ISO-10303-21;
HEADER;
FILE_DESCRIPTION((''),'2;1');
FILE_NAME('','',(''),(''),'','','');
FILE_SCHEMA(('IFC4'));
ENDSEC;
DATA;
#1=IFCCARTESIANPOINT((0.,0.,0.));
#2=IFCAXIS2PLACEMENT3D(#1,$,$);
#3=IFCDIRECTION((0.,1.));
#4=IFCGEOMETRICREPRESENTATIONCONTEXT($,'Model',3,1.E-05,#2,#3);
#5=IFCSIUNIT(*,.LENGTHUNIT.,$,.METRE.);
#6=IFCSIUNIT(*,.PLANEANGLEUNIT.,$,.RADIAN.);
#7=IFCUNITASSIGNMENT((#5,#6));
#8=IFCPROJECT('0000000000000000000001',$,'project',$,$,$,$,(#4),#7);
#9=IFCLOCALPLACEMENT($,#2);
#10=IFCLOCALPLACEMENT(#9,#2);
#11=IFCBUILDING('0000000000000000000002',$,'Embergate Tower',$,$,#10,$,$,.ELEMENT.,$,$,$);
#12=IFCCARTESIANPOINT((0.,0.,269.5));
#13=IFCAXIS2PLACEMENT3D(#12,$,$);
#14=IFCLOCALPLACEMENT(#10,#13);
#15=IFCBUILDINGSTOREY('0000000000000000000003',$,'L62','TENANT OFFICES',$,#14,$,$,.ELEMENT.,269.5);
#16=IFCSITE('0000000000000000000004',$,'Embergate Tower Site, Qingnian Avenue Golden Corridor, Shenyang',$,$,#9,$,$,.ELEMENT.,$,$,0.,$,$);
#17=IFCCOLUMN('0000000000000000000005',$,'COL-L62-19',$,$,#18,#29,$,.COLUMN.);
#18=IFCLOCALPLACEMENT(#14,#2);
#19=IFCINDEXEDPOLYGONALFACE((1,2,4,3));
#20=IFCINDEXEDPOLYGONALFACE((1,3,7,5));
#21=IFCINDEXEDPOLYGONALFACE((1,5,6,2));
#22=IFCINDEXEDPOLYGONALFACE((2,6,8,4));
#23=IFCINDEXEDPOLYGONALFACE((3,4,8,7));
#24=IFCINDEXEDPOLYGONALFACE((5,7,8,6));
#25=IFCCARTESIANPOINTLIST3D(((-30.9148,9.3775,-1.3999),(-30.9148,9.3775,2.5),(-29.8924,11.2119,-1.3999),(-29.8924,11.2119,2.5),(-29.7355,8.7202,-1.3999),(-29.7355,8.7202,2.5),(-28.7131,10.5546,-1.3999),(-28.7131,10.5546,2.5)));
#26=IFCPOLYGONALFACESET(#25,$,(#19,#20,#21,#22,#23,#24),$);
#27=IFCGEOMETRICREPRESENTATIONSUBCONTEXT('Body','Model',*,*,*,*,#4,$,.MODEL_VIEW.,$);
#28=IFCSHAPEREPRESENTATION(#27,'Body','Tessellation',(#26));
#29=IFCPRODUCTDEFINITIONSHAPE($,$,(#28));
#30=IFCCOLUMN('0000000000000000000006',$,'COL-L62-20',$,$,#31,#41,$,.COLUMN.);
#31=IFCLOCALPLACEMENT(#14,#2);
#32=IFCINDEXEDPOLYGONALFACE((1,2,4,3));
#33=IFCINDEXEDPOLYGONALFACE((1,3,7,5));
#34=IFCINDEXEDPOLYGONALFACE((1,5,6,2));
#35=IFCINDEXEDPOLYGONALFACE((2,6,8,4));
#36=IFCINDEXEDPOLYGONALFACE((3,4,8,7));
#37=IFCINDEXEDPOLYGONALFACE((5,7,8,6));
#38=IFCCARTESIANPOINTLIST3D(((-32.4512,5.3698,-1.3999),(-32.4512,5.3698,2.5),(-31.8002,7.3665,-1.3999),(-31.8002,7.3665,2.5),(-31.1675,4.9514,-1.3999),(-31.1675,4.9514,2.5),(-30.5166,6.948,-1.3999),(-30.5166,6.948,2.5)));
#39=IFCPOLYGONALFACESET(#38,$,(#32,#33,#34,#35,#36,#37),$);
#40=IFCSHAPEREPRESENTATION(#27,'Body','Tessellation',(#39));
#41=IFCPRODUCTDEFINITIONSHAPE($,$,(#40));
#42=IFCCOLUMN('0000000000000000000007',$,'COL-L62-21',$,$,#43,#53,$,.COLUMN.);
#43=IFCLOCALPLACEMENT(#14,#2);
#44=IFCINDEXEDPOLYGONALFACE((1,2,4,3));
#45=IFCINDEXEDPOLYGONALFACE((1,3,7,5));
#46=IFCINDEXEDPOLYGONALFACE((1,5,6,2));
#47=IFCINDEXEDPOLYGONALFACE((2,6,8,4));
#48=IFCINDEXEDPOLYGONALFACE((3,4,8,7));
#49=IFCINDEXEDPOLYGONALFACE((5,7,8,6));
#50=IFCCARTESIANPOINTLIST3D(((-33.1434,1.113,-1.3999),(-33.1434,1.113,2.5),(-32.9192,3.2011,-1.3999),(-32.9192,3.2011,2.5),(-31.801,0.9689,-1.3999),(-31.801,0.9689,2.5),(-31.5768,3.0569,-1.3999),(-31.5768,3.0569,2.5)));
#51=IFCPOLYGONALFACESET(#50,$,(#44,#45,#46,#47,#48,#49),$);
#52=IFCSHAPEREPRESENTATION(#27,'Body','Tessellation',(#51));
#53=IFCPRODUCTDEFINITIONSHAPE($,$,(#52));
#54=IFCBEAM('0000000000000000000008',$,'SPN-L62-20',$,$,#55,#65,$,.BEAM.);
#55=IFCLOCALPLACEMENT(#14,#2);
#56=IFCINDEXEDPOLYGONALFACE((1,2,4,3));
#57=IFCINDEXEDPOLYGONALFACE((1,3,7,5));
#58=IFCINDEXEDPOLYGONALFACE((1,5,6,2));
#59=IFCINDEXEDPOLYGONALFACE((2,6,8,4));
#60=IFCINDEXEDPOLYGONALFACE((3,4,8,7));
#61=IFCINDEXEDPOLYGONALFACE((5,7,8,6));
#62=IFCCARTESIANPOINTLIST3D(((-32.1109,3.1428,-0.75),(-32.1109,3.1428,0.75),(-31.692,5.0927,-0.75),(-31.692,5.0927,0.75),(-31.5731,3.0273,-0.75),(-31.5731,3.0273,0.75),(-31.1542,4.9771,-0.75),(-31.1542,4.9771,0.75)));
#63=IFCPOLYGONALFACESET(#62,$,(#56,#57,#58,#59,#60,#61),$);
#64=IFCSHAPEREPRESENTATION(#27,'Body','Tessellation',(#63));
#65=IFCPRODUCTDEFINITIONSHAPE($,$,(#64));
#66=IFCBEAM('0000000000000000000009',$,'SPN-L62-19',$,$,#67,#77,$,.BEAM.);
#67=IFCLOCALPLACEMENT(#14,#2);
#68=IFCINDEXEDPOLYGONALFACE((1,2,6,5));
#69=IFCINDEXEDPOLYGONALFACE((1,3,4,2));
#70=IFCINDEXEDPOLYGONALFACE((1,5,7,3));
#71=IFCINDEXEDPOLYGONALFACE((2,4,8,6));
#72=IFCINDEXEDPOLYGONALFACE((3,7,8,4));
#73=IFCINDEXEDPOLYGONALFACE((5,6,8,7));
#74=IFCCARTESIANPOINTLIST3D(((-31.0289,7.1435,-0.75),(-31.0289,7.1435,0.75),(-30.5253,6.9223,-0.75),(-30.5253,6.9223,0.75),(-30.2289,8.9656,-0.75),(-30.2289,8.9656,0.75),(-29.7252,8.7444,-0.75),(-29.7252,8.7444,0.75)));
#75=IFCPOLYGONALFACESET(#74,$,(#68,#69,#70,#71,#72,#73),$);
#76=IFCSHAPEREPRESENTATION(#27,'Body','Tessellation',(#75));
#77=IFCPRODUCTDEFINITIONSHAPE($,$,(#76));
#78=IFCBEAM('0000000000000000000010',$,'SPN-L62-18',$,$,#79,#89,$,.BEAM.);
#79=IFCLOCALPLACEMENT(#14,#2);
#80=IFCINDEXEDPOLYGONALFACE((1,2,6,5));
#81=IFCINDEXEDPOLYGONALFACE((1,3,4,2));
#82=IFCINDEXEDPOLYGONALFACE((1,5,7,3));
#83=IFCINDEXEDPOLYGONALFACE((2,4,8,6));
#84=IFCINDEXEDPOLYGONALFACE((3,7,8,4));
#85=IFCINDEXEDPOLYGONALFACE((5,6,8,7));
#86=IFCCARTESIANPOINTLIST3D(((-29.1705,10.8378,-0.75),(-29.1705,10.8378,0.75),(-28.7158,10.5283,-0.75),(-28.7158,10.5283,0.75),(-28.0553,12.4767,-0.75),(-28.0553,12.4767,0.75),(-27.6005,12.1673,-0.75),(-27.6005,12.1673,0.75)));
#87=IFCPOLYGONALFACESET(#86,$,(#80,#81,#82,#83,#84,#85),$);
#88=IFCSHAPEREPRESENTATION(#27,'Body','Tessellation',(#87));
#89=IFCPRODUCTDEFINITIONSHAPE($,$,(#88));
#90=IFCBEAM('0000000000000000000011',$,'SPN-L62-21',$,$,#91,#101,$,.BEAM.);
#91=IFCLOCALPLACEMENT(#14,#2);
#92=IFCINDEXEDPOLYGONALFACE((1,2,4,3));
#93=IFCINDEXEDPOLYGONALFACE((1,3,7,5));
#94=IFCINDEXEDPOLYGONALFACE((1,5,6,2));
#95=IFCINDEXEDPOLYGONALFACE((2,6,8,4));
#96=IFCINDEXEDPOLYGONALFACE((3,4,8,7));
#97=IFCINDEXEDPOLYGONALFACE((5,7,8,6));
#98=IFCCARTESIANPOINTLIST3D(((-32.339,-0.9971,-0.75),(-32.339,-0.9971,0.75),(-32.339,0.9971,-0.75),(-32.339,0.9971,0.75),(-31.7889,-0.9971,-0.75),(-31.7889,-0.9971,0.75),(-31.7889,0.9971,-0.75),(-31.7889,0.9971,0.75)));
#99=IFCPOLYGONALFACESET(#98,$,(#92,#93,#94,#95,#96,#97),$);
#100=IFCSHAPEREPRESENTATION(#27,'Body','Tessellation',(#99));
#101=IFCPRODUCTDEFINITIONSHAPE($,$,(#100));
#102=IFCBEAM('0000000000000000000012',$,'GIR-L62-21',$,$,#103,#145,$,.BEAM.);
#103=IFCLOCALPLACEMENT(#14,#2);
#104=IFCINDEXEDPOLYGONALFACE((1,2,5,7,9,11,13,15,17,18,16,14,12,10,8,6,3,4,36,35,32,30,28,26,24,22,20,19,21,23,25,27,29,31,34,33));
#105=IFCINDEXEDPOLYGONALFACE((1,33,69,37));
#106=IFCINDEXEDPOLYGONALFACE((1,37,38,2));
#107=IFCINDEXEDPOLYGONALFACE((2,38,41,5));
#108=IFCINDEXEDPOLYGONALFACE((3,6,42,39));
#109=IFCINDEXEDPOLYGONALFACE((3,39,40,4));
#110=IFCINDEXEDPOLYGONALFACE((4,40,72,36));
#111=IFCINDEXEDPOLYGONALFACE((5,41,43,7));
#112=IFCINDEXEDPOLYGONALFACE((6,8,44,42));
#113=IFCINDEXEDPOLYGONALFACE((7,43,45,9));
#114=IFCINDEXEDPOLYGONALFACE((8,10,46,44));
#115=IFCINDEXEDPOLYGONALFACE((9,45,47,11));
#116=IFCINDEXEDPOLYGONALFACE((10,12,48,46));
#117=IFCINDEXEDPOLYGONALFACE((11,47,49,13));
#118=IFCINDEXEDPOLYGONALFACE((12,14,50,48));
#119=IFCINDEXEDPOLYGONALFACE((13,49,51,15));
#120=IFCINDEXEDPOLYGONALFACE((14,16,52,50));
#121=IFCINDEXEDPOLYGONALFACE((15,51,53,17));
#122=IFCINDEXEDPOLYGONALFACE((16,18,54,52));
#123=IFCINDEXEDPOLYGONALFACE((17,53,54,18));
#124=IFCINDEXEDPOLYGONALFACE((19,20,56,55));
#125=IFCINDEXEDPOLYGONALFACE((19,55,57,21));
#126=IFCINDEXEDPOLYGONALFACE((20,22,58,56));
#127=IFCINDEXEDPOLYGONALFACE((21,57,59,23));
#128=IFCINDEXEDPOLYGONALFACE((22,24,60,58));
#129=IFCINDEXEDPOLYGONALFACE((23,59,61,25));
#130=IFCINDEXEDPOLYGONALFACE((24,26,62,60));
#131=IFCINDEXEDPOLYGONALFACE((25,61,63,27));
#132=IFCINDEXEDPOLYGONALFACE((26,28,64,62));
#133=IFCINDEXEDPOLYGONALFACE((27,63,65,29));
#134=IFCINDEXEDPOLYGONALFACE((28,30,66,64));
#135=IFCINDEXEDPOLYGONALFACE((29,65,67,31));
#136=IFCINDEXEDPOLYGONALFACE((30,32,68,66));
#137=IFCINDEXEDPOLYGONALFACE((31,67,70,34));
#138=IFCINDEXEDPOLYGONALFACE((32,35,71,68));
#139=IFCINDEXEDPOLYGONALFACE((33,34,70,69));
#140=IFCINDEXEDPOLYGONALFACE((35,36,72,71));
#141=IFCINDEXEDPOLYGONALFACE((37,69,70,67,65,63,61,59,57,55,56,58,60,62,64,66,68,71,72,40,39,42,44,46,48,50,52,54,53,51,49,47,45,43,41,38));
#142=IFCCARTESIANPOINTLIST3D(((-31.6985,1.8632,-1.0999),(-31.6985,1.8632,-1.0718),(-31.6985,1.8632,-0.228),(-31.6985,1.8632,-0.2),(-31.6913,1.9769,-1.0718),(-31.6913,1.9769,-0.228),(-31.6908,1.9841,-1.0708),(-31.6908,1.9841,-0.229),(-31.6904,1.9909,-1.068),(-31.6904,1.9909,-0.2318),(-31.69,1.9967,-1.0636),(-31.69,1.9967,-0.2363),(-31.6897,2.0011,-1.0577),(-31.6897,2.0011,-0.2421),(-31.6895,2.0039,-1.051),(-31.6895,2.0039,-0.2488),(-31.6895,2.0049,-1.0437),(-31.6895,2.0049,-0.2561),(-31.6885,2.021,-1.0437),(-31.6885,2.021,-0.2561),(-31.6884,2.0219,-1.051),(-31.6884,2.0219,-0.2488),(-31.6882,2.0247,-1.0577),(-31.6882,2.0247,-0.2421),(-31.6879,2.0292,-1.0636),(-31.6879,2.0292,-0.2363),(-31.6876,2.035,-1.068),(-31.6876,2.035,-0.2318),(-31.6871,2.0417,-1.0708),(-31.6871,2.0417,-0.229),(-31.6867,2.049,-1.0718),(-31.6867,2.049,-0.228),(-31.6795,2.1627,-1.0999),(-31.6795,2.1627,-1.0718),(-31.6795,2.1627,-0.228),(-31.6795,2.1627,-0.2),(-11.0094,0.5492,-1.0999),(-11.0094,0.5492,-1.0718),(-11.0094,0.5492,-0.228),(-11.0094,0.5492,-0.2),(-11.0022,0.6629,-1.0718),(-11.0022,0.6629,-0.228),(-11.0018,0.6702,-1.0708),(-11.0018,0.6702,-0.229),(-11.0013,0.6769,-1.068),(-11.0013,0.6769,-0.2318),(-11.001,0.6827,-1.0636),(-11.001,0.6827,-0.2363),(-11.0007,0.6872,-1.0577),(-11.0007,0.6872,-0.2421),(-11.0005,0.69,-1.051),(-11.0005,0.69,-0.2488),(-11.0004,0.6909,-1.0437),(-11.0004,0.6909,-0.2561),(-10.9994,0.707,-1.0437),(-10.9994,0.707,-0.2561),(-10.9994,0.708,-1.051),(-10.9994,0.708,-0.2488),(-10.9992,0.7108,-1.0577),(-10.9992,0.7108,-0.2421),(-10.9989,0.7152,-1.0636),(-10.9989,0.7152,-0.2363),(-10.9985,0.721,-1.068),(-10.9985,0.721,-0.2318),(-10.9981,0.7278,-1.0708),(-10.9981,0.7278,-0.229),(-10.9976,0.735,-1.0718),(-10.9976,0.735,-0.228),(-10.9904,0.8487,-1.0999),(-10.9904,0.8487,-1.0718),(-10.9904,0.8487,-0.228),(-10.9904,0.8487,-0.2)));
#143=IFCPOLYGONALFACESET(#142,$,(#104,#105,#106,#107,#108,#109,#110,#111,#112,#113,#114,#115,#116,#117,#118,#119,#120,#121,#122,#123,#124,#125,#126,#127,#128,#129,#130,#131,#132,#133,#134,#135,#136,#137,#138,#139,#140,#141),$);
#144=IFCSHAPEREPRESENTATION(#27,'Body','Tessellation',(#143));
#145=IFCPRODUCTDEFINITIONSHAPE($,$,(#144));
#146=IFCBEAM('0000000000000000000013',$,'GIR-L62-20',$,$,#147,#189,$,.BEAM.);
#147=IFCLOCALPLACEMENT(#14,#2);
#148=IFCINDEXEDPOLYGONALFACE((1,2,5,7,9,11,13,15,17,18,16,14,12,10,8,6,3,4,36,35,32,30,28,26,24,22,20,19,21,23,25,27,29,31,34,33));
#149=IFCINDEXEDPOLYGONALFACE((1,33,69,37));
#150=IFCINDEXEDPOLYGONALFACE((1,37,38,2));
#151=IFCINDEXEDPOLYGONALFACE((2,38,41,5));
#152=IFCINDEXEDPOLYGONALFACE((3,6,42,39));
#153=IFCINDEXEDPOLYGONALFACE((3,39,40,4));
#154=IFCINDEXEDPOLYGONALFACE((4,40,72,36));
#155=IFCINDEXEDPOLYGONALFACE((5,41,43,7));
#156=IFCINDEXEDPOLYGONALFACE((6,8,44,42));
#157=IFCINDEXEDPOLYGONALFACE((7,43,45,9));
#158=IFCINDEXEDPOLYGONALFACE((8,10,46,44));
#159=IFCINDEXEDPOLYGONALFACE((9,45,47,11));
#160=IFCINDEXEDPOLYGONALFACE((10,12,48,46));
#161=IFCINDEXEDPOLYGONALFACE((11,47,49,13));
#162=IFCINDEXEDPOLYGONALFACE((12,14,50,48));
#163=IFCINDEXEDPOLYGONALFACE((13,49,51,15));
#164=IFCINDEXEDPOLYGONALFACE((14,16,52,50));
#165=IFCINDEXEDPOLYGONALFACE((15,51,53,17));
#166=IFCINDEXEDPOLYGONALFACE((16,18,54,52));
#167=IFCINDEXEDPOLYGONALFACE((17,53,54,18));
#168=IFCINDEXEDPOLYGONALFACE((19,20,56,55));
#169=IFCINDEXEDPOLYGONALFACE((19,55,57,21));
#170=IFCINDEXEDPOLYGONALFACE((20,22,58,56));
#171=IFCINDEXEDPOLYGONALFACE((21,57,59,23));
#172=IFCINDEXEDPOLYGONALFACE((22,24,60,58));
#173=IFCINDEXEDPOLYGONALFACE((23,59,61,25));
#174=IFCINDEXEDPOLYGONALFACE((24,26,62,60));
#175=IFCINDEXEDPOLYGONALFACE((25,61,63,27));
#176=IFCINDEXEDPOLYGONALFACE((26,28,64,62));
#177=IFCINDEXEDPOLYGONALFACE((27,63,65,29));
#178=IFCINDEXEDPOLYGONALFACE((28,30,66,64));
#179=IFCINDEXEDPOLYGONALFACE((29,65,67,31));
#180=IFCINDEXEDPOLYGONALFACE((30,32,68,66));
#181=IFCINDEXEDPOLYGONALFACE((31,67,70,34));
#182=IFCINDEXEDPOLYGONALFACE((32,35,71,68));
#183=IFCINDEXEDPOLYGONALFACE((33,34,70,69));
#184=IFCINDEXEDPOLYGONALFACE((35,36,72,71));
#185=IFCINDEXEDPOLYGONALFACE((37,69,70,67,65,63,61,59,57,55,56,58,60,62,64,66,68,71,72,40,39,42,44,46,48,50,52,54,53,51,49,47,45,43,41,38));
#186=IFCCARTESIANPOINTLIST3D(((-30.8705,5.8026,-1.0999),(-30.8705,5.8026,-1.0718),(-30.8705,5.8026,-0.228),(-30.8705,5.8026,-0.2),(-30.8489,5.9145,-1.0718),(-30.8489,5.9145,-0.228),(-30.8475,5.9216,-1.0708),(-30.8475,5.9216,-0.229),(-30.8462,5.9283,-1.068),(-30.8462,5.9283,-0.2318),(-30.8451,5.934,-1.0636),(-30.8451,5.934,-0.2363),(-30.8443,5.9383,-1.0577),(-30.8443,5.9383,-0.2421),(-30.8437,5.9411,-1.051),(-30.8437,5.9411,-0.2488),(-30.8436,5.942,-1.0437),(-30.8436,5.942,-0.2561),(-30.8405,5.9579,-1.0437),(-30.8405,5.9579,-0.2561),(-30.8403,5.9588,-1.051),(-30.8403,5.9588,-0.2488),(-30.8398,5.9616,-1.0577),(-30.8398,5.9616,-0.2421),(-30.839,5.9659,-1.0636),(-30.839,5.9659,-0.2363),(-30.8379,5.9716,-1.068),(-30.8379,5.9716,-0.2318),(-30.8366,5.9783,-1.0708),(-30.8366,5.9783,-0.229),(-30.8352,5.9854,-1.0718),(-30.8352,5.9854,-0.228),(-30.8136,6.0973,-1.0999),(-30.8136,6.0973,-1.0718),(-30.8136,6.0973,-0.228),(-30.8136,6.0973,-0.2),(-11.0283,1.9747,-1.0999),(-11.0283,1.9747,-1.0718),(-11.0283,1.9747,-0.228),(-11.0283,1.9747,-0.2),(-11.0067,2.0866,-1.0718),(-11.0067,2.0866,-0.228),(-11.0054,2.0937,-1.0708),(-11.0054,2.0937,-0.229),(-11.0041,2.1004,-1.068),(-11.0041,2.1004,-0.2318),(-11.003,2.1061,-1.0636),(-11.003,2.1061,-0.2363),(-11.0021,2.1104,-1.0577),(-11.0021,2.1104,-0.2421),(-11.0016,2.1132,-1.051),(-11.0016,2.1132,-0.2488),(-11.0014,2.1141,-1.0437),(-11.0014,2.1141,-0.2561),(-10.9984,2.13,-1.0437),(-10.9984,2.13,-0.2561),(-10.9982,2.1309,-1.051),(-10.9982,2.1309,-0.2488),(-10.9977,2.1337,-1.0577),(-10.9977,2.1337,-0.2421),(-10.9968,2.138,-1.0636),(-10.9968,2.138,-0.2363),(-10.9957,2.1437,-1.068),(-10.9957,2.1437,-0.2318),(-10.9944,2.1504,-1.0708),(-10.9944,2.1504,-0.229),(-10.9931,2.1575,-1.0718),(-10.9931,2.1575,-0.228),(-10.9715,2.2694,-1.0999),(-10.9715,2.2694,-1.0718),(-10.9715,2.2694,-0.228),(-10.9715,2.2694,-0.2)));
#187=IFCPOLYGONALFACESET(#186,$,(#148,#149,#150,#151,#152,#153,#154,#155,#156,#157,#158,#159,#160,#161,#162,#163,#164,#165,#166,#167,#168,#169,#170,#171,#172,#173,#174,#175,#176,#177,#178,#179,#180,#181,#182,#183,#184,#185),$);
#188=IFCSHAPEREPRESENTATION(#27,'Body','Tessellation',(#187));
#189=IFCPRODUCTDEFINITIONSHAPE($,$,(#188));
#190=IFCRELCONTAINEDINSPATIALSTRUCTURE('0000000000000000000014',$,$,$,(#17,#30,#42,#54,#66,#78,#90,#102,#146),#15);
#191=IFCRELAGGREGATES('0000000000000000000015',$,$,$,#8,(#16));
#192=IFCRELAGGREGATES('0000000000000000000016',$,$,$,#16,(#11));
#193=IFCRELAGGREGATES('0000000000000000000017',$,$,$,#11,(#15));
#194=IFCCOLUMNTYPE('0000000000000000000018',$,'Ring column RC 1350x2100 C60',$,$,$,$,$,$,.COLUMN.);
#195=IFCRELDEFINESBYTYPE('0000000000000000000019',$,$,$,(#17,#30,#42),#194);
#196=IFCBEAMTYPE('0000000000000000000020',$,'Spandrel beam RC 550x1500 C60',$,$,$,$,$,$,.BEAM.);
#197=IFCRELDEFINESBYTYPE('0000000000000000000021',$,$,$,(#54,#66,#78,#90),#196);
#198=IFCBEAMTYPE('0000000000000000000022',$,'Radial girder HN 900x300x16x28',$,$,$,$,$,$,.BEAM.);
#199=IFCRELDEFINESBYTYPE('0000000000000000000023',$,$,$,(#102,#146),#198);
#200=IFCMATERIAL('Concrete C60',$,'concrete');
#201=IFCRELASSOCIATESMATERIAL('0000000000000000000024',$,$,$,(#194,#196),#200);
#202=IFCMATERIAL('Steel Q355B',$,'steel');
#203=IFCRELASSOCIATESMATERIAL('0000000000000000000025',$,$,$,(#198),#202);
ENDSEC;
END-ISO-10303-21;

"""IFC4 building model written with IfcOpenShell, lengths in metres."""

from ifc_helpers import new_model, si_unit, direction, frame, origin, origin_2d, place, context, subcontext, project, spatial, rectangle, i_section, extrude, source, transform, mapped, material, material_profile, profile_set, type_object, element, save


model = new_model("IFC4")

# Units and contexts
model_context = context("Model", 3, precision=1e-05, world=origin(), true_north=direction((0.0, 1.0)))
body_context = subcontext(model_context, "Body", "Model", "MODEL_VIEW")
ifc_project = project(units=[si_unit("LENGTHUNIT", "METRE"), si_unit("PLANEANGLEUNIT", "RADIAN")], contexts=[model_context])

# Site, building, storey
site_placement = place(None, origin())
site = spatial("IfcSite", under=ifc_project, at=site_placement, Name="Embergate Tower Site, Qingnian Avenue Golden Corridor, Shenyang", CompositionType="ELEMENT", RefElevation=0.0)
building_placement = place(site_placement, origin())
building = spatial("IfcBuilding", under=site, at=building_placement, Name="Embergate Tower", CompositionType="ELEMENT")
storey_placement = place(building_placement, frame((0.0, 0.0, 269.5)))
storey = spatial("IfcBuildingStorey", under=building, at=storey_placement, Name="L62", Description="TENANT OFFICES", CompositionType="ELEMENT", Elevation=269.5)

# Columns
ifc_material_1 = material(Name="Concrete C60", Category="concrete")
ifc_material_profile_1 = material_profile(ifc_material_1, rectangle(XDim=1.3501, YDim=2.1001, at=origin_2d()), Name="RC 1350x2100")
ifc_profile_set_1 = profile_set([ifc_material_profile_1], Name="Concrete C60")
column_type = type_object("IfcColumnType", Name="Ring column RC 1350x2100 C60", PredefinedType="COLUMN", material=ifc_profile_set_1)
shared_shape_1 = source(origin(), body_context, "Body", "SweptSolid", [
    extrude(rectangle(XDim=1.3501, YDim=2.1001, at=origin_2d()), origin(), (0.0, 0.0, 1.0), 3.8999),
])
for number, where, z_axis, x_axis, name in (
    (1, (-29.814, 9.9661, -1.3999), (0.0, 0.0, 1.0), (-0.873492, 0.486839, 0.0), "COL-L62-19"),
    (2, (-31.4839, 6.1589, -1.3999), (0.0, 0.0, 1.0), (-0.950754, 0.309946, 0.0), "COL-L62-20"),
    (3, (-32.3601, 2.085, -1.3999), (0.0, 0.0, 1.0), (-0.994286, 0.10675, 0.0), "COL-L62-21"),
):
    element("IfcColumn", number, at=place(storey_placement, frame(where, z_axis=z_axis, x_axis=x_axis)), inside=storey, type_object=column_type, Name=name, PredefinedType="COLUMN", context=body_context, shape_type="MappedRepresentation", body=[
        mapped(shared_shape_1, transform((0.0, 0.0, 0.0))),
    ])

# Beams
ifc_material_profile_2 = material_profile(ifc_material_1, rectangle(XDim=0.55, YDim=1.5, at=origin_2d()), Name="RC 550x1500")
ifc_profile_set_2 = profile_set([ifc_material_profile_2], Name="Concrete C60")
beam_type_1 = type_object("IfcBeamType", Name="Spandrel beam RC 550x1500 C60", PredefinedType="BEAM", material=ifc_profile_set_2)
shared_shape_2 = source(origin(), body_context, "Body", "SweptSolid", [
    extrude(rectangle(XDim=0.55, YDim=1.5, at=origin_2d()), origin(), (0.0, 0.0, 1.0), 1.9944),
])
beam_1_placement = place(storey_placement, frame((-31.4231, 5.0349, 0.0), z_axis=(-0.210056, -0.977689, 0.0), x_axis=(0.977689, -0.210056, 0.0)))
element("IfcBeam", 4, at=beam_1_placement, inside=storey, type_object=beam_type_1, Name="SPN-L62-20", PredefinedType="BEAM", context=body_context, shape_type="MappedRepresentation", body=[
    mapped(shared_shape_2, transform((0.0, 0.0, 0.0))),
])
shared_shape_3 = source(origin(), body_context, "Body", "SweptSolid", [
    extrude(rectangle(XDim=0.55, YDim=1.5, at=origin_2d()), origin(), (0.0, 0.0, 1.0), 1.99),
])
beam_2_placement = place(storey_placement, frame((-29.9771, 8.855, 0.0), z_axis=(-0.402048, -0.915619, 0.0), x_axis=(0.915619, -0.402048, 0.0)))
element("IfcBeam", 5, at=beam_2_placement, inside=storey, type_object=beam_type_1, Name="SPN-L62-19", PredefinedType="BEAM", context=body_context, shape_type="MappedRepresentation", body=[
    mapped(shared_shape_3, transform((0.0, 0.0, 0.0))),
])
shared_shape_4 = source(origin(), body_context, "Body", "SweptSolid", [
    extrude(rectangle(XDim=0.55, YDim=1.5, at=origin_2d()), origin(), (0.0, 0.0, 1.0), 1.9824),
])
beam_3_placement = place(storey_placement, frame((-27.8279, 12.322, 0.0), z_axis=(-0.562576, -0.826745, 0.0), x_axis=(0.826745, -0.562576, 0.0)))
element("IfcBeam", 6, at=beam_3_placement, inside=storey, type_object=beam_type_1, Name="SPN-L62-18", PredefinedType="BEAM", context=body_context, shape_type="MappedRepresentation", body=[
    mapped(shared_shape_4, transform((0.0, 0.0, 0.0))),
])
shared_shape_5 = source(origin(), body_context, "Body", "SweptSolid", [
    extrude(rectangle(XDim=0.55, YDim=1.5, at=origin_2d()), origin(), (0.0, 0.0, 1.0), 1.9941),
])
beam_4_placement = place(storey_placement, frame((-32.064, 0.9971, 0.0), z_axis=(0.0, -1.0, 0.0), x_axis=(1.0, 0.0, 0.0)))
element("IfcBeam", 7, at=beam_4_placement, inside=storey, type_object=beam_type_1, Name="SPN-L62-21", PredefinedType="BEAM", context=body_context, shape_type="MappedRepresentation", body=[
    mapped(shared_shape_5, transform((0.0, 0.0, 0.0))),
])
ifc_material_2 = material(Name="Steel Q355B", Category="steel")
ifc_material_profile_3 = material_profile(ifc_material_2, i_section(OverallWidth=0.3, OverallDepth=0.8999, WebThickness=0.0161, FlangeThickness=0.0281, FilletRadius=0.0281, at=origin_2d()), Name="HN 900x300x16x28")
ifc_profile_set_3 = profile_set([ifc_material_profile_3], Name="Steel Q355 grade B")
beam_type_2 = type_object("IfcBeamType", Name="Radial girder HN 900x300x16x28", PredefinedType="BEAM", material=ifc_profile_set_3)
shared_shape_6 = source(origin(), body_context, "Body", "SweptSolid", [
    extrude(i_section(OverallWidth=0.3, OverallDepth=0.8999, WebThickness=0.0161, FlangeThickness=0.0281, FilletRadius=0.0281, at=origin_2d()), origin(), (0.0, 0.0, 1.0), 20.7307),
])
beam_5_placement = place(storey_placement, frame((-31.689, 2.0129, -0.6499), z_axis=(0.997989, -0.063383, 0.0), x_axis=(0.063383, 0.997989, 0.0)))
element("IfcBeam", 8, at=beam_5_placement, inside=storey, type_object=beam_type_2, Name="GIR-L62-21", PredefinedType="BEAM", context=body_context, shape_type="MappedRepresentation", body=[
    mapped(shared_shape_6, transform((0.0, 0.0, 0.0))),
])
shared_shape_7 = source(origin(), body_context, "Body", "SweptSolid", [
    extrude(i_section(OverallWidth=0.3, OverallDepth=0.8999, WebThickness=0.0161, FlangeThickness=0.0281, FilletRadius=0.0281, at=origin_2d()), origin(), (0.0, 0.0, 1.0), 20.208),
])
beam_6_placement = place(storey_placement, frame((-30.842, 5.95, -0.6499), z_axis=(0.981895, -0.189425, 0.0), x_axis=(0.189425, 0.981895, 0.0)))
element("IfcBeam", 9, at=beam_6_placement, inside=storey, type_object=beam_type_2, Name="GIR-L62-20", PredefinedType="BEAM", context=body_context, shape_type="MappedRepresentation", body=[
    mapped(shared_shape_7, transform((0.0, 0.0, 0.0))),
])

save(model, "model.ifc")
